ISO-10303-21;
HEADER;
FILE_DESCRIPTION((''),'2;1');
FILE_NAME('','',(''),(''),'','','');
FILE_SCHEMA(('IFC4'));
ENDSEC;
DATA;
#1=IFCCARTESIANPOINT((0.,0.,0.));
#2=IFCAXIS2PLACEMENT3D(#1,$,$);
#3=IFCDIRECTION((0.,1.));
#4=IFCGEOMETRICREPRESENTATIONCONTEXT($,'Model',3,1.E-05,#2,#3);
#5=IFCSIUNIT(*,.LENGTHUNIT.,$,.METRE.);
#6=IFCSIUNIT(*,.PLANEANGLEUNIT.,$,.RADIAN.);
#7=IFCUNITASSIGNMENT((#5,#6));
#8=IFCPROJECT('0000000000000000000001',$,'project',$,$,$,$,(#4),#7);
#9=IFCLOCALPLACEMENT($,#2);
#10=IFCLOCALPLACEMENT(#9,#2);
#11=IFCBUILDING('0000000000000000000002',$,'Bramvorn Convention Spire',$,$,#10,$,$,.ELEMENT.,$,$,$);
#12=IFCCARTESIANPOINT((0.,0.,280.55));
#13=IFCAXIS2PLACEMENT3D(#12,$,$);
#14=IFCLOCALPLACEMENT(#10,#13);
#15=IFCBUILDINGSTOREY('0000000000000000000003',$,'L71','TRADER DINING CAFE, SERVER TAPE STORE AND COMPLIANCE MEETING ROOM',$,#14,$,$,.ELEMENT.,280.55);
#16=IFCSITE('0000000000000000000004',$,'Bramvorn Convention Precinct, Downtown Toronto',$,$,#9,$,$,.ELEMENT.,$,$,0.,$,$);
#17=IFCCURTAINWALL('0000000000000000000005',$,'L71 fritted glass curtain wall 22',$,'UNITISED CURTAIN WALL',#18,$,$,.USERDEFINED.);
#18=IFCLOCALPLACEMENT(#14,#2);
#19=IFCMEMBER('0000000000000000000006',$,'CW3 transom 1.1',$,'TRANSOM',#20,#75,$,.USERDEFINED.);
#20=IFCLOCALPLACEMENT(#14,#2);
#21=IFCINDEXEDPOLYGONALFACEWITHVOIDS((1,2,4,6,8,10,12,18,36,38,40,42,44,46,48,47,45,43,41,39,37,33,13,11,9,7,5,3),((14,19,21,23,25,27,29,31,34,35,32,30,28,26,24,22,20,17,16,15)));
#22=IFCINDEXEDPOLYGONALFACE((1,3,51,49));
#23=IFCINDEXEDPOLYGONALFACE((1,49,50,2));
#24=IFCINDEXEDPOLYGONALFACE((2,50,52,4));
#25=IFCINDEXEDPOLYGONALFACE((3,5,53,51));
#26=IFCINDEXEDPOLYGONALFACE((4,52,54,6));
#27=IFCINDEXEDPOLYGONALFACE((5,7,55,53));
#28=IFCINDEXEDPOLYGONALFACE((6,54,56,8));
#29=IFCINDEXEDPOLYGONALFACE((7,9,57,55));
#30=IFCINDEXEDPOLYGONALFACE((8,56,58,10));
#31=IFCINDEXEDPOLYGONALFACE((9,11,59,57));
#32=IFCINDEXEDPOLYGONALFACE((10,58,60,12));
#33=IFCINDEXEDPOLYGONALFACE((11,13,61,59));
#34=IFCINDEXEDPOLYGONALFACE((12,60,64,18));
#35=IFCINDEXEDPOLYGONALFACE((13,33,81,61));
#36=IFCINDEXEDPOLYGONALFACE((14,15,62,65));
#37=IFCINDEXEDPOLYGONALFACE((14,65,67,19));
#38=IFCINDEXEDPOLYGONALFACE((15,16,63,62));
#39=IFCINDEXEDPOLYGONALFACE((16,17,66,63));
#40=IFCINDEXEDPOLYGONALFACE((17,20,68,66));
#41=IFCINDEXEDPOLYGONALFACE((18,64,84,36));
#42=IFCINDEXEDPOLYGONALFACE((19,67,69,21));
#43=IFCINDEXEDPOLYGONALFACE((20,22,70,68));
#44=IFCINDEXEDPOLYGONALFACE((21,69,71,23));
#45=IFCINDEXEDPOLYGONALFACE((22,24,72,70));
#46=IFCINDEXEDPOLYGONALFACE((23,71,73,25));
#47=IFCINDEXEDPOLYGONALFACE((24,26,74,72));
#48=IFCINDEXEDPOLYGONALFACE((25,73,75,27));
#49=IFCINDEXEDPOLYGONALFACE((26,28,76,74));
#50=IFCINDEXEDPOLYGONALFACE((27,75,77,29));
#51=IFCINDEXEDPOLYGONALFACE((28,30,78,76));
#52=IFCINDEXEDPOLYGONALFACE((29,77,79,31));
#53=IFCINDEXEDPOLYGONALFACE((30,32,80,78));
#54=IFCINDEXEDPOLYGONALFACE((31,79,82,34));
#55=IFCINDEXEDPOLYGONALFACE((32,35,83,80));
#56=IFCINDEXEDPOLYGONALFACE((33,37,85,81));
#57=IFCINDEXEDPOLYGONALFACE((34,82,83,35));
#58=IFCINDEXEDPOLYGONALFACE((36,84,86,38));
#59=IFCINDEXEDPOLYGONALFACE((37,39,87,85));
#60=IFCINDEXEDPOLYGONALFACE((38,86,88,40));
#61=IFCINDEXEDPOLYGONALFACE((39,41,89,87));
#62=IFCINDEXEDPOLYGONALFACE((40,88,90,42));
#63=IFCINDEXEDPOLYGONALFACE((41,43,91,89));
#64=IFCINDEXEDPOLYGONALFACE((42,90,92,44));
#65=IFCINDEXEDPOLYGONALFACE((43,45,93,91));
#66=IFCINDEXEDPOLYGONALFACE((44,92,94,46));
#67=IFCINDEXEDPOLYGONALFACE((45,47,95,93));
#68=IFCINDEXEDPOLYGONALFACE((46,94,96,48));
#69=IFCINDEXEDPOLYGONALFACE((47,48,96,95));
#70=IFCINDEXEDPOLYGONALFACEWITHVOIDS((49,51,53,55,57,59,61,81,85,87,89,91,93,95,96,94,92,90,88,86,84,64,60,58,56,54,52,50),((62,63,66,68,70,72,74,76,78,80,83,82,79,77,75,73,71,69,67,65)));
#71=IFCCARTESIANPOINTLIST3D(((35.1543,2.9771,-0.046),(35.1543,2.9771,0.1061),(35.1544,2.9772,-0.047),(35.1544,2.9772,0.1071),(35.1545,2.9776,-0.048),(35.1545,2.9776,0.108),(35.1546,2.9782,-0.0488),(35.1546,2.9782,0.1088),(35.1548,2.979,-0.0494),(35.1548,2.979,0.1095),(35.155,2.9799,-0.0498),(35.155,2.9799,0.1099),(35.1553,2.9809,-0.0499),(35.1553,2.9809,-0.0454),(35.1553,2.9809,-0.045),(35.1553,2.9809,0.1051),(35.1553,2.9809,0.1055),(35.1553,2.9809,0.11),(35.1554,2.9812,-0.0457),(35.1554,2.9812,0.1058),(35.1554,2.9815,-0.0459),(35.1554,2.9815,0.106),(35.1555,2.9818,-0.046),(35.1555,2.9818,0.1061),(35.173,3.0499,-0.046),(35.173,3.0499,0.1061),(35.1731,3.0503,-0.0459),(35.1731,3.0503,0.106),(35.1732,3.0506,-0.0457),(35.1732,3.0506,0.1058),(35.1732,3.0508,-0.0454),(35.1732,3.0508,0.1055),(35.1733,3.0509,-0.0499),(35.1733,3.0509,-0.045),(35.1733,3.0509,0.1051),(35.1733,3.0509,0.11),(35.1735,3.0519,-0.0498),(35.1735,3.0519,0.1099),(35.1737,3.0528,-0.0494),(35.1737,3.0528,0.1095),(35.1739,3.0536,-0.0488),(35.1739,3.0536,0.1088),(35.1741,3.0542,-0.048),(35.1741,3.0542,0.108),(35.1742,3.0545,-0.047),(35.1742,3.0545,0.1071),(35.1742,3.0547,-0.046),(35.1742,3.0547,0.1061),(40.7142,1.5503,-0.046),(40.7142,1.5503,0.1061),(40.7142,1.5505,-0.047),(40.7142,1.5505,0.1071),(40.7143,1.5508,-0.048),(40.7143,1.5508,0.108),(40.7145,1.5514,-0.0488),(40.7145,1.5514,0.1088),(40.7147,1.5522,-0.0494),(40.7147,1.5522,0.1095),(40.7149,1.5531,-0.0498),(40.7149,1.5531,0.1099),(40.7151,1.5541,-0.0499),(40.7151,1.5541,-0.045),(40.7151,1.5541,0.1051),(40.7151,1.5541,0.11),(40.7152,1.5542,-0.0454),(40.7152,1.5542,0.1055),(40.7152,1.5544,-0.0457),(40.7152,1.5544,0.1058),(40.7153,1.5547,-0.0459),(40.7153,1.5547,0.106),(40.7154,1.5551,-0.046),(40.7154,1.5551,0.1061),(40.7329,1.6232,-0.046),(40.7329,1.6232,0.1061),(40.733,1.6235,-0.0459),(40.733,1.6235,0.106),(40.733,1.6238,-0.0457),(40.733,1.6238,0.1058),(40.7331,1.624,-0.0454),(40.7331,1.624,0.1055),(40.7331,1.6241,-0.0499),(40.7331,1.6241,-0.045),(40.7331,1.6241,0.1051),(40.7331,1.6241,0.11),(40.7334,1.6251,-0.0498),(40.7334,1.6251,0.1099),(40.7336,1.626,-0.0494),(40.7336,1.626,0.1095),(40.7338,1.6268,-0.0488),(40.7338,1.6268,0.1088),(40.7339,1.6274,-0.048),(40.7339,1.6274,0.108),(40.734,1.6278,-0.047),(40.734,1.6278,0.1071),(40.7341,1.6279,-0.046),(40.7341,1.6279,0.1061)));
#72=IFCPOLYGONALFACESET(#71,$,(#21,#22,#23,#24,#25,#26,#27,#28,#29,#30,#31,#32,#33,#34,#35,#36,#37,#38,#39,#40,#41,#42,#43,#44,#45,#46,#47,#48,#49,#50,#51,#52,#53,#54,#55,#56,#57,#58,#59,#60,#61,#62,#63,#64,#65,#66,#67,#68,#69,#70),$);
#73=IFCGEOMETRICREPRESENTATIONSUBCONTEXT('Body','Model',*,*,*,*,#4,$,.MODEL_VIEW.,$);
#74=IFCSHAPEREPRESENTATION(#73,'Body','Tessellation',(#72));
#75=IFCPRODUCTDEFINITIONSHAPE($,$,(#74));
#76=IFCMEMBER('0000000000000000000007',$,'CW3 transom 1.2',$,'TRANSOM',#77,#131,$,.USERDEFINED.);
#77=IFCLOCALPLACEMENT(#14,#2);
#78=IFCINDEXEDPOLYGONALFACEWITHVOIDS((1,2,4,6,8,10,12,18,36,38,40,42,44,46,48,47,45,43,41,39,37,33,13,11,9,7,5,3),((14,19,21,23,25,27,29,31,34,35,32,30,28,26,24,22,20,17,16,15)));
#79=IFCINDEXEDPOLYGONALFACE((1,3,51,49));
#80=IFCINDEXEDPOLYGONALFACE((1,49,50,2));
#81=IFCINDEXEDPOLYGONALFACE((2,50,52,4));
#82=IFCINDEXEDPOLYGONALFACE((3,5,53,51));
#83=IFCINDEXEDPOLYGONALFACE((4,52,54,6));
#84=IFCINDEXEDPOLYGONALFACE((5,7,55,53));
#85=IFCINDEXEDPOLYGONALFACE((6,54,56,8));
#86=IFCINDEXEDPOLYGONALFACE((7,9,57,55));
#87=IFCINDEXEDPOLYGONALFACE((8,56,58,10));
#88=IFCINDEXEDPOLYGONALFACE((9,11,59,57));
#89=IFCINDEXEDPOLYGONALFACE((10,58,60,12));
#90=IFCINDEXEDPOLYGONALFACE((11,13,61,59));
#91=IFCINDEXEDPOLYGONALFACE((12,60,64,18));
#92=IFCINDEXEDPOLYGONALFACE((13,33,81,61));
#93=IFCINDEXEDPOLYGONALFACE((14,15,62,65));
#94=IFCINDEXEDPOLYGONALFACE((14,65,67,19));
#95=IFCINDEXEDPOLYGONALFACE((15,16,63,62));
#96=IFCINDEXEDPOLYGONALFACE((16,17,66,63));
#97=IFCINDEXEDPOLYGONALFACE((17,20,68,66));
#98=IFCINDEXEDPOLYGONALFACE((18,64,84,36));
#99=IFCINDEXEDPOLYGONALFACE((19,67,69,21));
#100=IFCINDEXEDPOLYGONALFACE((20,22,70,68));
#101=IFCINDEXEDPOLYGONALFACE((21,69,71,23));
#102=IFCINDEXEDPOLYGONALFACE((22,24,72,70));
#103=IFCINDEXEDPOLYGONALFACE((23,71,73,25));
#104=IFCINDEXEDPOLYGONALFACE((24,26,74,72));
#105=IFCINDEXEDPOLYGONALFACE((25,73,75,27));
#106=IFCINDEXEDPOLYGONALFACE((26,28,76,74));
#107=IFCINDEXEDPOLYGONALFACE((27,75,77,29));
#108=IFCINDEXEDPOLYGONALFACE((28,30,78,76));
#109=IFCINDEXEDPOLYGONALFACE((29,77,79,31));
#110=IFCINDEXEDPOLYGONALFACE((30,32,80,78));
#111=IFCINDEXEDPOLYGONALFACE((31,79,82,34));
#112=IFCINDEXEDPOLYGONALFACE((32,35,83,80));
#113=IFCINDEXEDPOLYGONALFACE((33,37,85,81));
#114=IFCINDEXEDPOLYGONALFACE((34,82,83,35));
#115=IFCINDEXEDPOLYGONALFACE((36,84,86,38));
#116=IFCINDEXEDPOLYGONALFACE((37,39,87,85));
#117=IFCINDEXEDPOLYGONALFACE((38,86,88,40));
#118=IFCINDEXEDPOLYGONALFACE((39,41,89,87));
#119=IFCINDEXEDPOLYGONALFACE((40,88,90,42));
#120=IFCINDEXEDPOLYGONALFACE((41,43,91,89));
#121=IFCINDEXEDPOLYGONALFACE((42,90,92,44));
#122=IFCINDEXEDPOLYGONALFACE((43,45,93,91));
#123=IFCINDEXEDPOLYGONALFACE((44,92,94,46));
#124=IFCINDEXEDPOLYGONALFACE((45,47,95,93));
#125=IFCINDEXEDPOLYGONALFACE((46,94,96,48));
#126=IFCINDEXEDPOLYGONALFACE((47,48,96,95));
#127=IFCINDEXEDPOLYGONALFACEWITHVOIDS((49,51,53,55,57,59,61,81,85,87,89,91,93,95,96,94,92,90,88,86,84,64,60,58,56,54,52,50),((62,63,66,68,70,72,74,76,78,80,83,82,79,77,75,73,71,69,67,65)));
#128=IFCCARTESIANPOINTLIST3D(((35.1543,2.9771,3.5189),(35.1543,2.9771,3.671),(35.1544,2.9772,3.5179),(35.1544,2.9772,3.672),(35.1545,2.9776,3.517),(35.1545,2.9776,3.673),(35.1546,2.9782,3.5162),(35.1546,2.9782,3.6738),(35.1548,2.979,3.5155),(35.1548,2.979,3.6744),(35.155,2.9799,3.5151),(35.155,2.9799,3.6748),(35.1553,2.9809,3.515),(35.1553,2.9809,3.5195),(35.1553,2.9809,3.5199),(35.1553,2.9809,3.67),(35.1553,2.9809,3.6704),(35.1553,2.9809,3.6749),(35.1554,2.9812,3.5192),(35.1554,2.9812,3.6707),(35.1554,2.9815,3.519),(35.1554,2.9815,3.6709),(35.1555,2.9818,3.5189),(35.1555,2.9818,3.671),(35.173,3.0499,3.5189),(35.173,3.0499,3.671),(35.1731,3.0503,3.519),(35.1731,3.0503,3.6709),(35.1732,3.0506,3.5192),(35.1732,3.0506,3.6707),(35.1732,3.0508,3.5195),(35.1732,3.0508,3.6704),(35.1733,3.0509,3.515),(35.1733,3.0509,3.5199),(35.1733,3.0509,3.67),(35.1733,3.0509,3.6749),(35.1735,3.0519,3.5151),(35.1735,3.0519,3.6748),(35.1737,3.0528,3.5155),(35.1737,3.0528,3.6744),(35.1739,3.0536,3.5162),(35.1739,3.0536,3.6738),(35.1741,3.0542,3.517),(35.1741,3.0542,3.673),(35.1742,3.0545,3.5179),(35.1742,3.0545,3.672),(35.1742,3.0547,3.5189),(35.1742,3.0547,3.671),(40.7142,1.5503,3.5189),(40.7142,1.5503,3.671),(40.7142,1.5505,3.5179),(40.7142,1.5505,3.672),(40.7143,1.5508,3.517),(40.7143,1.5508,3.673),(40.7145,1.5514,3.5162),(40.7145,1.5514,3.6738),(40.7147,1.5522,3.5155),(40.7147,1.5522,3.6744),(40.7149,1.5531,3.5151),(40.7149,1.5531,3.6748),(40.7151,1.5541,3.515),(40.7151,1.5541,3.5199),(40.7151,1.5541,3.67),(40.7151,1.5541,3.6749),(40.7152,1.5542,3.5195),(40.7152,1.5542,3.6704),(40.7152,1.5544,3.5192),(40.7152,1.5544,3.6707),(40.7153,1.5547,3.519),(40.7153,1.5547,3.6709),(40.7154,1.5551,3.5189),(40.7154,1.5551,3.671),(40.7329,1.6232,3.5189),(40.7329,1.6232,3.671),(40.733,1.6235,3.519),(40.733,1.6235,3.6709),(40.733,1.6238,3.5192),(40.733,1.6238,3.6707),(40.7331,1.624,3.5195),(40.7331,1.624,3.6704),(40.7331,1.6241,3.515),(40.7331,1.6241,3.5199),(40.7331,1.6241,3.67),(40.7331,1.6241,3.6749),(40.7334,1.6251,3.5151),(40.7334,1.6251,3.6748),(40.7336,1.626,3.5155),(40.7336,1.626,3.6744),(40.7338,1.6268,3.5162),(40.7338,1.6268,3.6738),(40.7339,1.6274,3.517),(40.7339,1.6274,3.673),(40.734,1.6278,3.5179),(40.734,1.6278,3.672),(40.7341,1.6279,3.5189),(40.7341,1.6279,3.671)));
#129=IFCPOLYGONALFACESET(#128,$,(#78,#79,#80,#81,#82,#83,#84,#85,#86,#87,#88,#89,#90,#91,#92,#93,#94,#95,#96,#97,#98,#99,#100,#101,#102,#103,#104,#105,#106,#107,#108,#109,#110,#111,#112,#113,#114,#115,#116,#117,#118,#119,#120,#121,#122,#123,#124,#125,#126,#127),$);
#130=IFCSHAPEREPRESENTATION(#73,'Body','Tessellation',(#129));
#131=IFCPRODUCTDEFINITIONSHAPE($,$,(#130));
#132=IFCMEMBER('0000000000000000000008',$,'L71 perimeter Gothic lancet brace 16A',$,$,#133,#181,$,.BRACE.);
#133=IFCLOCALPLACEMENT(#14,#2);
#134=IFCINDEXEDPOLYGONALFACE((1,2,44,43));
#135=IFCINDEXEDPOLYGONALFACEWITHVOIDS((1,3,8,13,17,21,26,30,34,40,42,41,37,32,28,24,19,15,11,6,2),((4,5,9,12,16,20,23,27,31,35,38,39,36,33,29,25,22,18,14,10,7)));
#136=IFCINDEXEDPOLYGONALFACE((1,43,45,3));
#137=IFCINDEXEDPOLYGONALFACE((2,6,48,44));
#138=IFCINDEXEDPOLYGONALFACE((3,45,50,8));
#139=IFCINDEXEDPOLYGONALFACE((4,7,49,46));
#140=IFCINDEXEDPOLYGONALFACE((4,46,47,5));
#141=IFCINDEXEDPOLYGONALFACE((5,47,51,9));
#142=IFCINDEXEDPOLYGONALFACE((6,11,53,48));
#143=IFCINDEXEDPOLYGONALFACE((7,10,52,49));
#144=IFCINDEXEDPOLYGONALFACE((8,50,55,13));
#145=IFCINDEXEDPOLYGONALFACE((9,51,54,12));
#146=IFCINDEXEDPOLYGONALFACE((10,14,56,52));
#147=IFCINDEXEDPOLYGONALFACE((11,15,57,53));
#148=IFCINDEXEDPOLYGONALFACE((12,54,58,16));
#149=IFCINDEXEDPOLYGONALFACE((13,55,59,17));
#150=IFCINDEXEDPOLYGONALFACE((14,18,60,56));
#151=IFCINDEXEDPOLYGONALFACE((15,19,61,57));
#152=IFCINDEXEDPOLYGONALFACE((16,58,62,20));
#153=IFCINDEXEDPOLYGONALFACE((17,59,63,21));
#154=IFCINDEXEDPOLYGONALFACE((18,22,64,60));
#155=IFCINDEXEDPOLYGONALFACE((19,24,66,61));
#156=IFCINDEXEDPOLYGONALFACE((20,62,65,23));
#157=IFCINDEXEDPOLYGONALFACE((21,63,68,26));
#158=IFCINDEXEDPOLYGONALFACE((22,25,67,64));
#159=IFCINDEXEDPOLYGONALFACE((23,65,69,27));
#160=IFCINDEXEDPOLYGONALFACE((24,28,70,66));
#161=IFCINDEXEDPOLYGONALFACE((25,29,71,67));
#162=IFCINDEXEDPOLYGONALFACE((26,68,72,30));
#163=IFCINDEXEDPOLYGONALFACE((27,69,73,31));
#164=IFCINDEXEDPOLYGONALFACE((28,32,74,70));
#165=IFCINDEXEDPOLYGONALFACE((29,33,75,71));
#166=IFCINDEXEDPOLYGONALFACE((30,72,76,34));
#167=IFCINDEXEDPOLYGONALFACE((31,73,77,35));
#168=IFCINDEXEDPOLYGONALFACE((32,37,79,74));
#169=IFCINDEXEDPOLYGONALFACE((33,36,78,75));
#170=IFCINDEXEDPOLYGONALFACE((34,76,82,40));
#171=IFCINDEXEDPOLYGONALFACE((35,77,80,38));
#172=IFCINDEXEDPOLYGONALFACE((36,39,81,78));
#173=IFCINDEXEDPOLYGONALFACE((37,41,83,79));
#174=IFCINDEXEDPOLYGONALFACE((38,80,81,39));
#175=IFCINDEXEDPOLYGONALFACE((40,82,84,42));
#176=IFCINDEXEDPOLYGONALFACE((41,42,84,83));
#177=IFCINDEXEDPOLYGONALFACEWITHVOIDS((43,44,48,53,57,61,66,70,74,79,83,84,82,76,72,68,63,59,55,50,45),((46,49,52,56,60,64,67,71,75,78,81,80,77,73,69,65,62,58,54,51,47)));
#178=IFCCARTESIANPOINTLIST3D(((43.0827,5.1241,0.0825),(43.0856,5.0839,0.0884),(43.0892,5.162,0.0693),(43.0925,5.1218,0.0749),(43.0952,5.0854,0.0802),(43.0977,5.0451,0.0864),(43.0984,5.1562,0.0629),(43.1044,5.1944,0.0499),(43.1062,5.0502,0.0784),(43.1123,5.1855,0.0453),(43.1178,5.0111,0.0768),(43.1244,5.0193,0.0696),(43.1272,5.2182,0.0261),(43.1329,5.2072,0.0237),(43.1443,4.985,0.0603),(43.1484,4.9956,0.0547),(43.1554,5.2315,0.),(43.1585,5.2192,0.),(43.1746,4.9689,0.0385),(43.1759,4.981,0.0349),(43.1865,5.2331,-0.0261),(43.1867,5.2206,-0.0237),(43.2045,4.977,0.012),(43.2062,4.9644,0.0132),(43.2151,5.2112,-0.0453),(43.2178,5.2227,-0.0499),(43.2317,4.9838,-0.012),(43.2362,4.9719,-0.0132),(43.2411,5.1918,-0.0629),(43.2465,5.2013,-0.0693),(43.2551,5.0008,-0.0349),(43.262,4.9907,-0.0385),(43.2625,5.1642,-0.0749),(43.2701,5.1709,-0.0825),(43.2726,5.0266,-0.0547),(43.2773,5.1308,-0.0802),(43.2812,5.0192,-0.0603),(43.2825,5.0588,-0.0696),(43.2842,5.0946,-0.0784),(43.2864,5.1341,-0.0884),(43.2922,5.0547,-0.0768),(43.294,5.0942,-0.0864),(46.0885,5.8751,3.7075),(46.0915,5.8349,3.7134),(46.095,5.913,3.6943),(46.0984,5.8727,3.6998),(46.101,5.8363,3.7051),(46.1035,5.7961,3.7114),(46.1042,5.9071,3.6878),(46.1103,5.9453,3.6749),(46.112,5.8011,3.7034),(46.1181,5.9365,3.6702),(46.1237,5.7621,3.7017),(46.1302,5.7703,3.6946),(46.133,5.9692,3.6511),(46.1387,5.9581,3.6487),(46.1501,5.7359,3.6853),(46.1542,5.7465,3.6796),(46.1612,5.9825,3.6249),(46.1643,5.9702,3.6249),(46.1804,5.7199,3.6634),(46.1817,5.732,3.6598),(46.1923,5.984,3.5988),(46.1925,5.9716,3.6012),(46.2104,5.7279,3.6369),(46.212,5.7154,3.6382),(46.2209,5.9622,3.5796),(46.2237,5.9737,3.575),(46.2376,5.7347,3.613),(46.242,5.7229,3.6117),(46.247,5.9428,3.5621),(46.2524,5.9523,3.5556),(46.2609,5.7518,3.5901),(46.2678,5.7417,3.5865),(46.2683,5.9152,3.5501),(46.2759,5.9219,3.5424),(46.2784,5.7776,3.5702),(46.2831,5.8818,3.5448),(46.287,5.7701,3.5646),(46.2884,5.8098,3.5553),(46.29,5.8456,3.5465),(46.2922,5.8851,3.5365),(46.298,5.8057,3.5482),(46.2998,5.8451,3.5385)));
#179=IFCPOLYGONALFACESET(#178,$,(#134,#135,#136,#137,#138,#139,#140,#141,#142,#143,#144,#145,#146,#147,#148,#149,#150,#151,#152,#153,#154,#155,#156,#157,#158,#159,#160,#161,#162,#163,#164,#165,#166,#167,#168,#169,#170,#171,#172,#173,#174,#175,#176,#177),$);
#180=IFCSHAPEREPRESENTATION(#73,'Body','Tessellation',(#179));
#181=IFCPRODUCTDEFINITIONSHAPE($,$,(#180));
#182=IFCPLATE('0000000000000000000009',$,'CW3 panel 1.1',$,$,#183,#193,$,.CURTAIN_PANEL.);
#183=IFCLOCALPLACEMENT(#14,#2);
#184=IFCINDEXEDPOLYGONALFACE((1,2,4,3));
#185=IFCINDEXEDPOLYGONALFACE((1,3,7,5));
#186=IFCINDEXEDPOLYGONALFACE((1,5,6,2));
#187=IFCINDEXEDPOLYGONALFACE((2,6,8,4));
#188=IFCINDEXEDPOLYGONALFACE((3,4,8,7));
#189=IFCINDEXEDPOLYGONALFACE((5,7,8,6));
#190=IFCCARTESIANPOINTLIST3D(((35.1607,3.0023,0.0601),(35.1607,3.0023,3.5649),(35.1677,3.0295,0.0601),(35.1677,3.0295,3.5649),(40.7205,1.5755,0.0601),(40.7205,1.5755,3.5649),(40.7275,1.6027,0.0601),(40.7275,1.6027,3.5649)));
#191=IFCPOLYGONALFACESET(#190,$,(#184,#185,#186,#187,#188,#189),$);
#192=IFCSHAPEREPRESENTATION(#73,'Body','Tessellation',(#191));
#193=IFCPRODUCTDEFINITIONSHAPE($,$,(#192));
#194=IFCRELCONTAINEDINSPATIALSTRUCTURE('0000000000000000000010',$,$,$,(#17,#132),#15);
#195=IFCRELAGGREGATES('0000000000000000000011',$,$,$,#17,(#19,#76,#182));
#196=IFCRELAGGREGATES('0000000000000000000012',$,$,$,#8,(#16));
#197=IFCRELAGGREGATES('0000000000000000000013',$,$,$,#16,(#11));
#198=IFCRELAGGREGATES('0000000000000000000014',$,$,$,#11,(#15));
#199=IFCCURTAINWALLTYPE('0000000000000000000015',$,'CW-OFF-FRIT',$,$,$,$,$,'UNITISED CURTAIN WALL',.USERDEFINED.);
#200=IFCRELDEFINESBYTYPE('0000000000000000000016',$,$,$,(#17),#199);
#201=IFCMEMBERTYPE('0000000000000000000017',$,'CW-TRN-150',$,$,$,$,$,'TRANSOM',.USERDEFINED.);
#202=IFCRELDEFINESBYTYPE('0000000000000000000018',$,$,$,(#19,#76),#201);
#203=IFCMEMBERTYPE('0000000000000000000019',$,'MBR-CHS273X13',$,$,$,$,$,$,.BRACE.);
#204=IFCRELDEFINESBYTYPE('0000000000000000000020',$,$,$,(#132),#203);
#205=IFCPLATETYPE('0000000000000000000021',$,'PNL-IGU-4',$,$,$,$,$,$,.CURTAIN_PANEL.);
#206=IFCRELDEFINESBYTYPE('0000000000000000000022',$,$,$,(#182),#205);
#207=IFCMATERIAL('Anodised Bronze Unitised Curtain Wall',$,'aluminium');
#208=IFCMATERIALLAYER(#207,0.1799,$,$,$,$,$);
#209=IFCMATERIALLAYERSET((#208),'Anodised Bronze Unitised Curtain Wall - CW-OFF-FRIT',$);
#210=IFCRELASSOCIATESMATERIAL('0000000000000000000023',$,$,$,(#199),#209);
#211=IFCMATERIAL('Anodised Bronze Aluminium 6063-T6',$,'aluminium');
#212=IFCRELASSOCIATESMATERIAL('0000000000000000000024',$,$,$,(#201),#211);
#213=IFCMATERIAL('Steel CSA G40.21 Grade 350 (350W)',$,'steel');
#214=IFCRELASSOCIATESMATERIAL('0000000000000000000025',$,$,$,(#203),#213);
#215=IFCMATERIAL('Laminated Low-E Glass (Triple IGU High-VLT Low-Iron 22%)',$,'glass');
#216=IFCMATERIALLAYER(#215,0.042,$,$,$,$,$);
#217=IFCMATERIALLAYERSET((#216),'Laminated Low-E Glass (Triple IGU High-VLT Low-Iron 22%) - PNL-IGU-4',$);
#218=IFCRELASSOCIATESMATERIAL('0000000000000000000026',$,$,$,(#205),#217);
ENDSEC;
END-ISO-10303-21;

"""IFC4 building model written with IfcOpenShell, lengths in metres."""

from ifc_helpers import new_model, si_unit, direction, frame, origin, origin_2d, place, context, subcontext, project, spatial, rectangle, hollow_rectangle, hollow_circle, extrude, material, layer, layer_set, material_profile, profile_set, type_object, element, aggregate, save


model = new_model("IFC4")

# Units and contexts
model_context = context("Model", 3, precision=1e-05, world=origin(), true_north=direction((0.0, 1.0)))
body_context = subcontext(model_context, "Body", "Model", "MODEL_VIEW")
ifc_project = project(units=[si_unit("LENGTHUNIT", "METRE"), si_unit("PLANEANGLEUNIT", "RADIAN")], contexts=[model_context])

# Site, building, storey
site_placement = place(None, origin())
site = spatial("IfcSite", under=ifc_project, at=site_placement, Name="Bramvorn Convention Precinct, Downtown Toronto", CompositionType="ELEMENT", RefElevation=0.0)
building_placement = place(site_placement, origin())
building = spatial("IfcBuilding", under=site, at=building_placement, Name="Bramvorn Convention Spire", CompositionType="ELEMENT")
storey_placement = place(building_placement, frame((0.0, 0.0, 280.55)))
storey = spatial("IfcBuildingStorey", under=building, at=storey_placement, Name="L71", Description="TRADER DINING CAFE, SERVER TAPE STORE AND COMPLIANCE MEETING ROOM", CompositionType="ELEMENT", Elevation=280.55)

# Shared definitions
ifc_material_1 = material(Name="Steel CSA G40.21 Grade 350 (350W)", Category="steel")

# Shared definitions
ifc_material_2 = material(Name="Anodised Bronze Unitised Curtain Wall", Category="aluminium")
ifc_layer_1 = layer(ifc_material_2, 0.1799)
ifc_layer_set_1 = layer_set([ifc_layer_1], Name="Anodised Bronze Unitised Curtain Wall - CW-OFF-FRIT")
curtain_wall_type = type_object("IfcCurtainWallType", Name="CW-OFF-FRIT", ElementType="UNITISED CURTAIN WALL", PredefinedType="USERDEFINED", material=ifc_layer_set_1)
ifc_material_3 = material(Name="Anodised Bronze Aluminium 6063-T6", Category="aluminium")

# Curtain wall
curtain_wall_1_placement = place(storey_placement, origin())
curtain_wall_1 = element("IfcCurtainWall", 1, at=curtain_wall_1_placement, inside=storey, type_object=curtain_wall_type, Name="L71 fritted glass curtain wall 22", ObjectType="UNITISED CURTAIN WALL", PredefinedType="USERDEFINED")

# Members
ifc_material_profile_1 = material_profile(ifc_material_3, hollow_rectangle(XDim=0.0801, YDim=0.1599, WallThickness=0.0039, InnerFilletRadius=0.001, OuterFilletRadius=0.0039, at=origin_2d()))
ifc_profile_set_1 = profile_set([ifc_material_profile_1], Name="Anodised Bronze Aluminium 6063-T6 - CWT80X160")
member_type_1 = type_object("IfcMemberType", Name="CW-TRN-150", ElementType="TRANSOM", PredefinedType="USERDEFINED", material=ifc_profile_set_1)
member_1_placement = place(storey_placement, frame((40.7241, 1.5891, 0.03), z_axis=(-0.968615, 0.248566, 0.0), x_axis=(-0.248566, -0.968615, 0.0)))
member_1 = element("IfcMember", 2, at=member_1_placement, type_object=member_type_1, Name="CW3 transom 1.1", ObjectType="TRANSOM", PredefinedType="USERDEFINED", context=body_context, shape_type="SweptSolid", body=[
    extrude(hollow_rectangle(XDim=0.0801, YDim=0.1599, WallThickness=0.0039, InnerFilletRadius=0.001, OuterFilletRadius=0.0039, at=origin_2d()), origin(), (0.0, 0.0, 1.0), 5.74),
])
member_2_placement = place(storey_placement, frame((40.7241, 1.5891, 3.595), z_axis=(-0.968615, 0.248566, 0.0), x_axis=(-0.248566, -0.968615, 0.0)))
member_2 = element("IfcMember", 3, at=member_2_placement, type_object=member_type_1, Name="CW3 transom 1.2", ObjectType="TRANSOM", PredefinedType="USERDEFINED", context=body_context, shape_type="SweptSolid", body=[
    extrude(hollow_rectangle(XDim=0.0801, YDim=0.1599, WallThickness=0.0039, InnerFilletRadius=0.001, OuterFilletRadius=0.0039, at=origin_2d()), origin(), (0.0, 0.0, 1.0), 5.74),
])
ifc_material_profile_2 = material_profile(ifc_material_1, hollow_circle(Radius=0.1365, WallThickness=0.0127, at=origin_2d()))
ifc_profile_set_2 = profile_set([ifc_material_profile_2], Name="Steel CSA G40.21 Grade 350 (350W) - CHS273X13")
member_type_2 = type_object("IfcMemberType", Name="MBR-CHS273X13", PredefinedType="BRACE", material=ifc_profile_set_2)
member_3_placement = place(storey_placement, frame((43.1885, 5.0991, 0.0), z_axis=(0.630341, 0.157483, 0.760177), x_axis=(-0.242387, 0.97018, 0.0)))
element("IfcMember", 4, at=member_3_placement, inside=storey, type_object=member_type_2, Name="L71 perimeter Gothic lancet brace 16A", PredefinedType="BRACE", context=body_context, shape_type="SweptSolid", body=[
    extrude(hollow_circle(Radius=0.1365, WallThickness=0.0127, at=origin_2d()), origin(), (0.0, 0.0, 1.0), 4.7686),
])

# Plate
ifc_material_4 = material(Name="Laminated Low-E Glass (Triple IGU High-VLT Low-Iron 22%)", Category="glass")
ifc_layer_2 = layer(ifc_material_4, 0.042)
ifc_layer_set_2 = layer_set([ifc_layer_2], Name="Laminated Low-E Glass (Triple IGU High-VLT Low-Iron 22%) - PNL-IGU-4")
plate_type = type_object("IfcPlateType", Name="PNL-IGU-4", PredefinedType="CURTAIN_PANEL", material=ifc_layer_set_2)
plate_placement = place(storey_placement, frame((37.9441, 2.3025, 0.0601), z_axis=(0.0, 0.0, 1.0), x_axis=(-0.968611, 0.248582, 0.0)))
plate = element("IfcPlate", 5, at=plate_placement, type_object=plate_type, Name="CW3 panel 1.1", PredefinedType="CURTAIN_PANEL", context=body_context, shape_type="SweptSolid", body=[
    extrude(rectangle(XDim=5.74, YDim=0.0281, at=origin_2d()), origin(), (0.0, 0.0, 1.0), 3.5049),
])
aggregate(curtain_wall_1, [member_1, member_2, plate])

save(model, "model.ifc")
